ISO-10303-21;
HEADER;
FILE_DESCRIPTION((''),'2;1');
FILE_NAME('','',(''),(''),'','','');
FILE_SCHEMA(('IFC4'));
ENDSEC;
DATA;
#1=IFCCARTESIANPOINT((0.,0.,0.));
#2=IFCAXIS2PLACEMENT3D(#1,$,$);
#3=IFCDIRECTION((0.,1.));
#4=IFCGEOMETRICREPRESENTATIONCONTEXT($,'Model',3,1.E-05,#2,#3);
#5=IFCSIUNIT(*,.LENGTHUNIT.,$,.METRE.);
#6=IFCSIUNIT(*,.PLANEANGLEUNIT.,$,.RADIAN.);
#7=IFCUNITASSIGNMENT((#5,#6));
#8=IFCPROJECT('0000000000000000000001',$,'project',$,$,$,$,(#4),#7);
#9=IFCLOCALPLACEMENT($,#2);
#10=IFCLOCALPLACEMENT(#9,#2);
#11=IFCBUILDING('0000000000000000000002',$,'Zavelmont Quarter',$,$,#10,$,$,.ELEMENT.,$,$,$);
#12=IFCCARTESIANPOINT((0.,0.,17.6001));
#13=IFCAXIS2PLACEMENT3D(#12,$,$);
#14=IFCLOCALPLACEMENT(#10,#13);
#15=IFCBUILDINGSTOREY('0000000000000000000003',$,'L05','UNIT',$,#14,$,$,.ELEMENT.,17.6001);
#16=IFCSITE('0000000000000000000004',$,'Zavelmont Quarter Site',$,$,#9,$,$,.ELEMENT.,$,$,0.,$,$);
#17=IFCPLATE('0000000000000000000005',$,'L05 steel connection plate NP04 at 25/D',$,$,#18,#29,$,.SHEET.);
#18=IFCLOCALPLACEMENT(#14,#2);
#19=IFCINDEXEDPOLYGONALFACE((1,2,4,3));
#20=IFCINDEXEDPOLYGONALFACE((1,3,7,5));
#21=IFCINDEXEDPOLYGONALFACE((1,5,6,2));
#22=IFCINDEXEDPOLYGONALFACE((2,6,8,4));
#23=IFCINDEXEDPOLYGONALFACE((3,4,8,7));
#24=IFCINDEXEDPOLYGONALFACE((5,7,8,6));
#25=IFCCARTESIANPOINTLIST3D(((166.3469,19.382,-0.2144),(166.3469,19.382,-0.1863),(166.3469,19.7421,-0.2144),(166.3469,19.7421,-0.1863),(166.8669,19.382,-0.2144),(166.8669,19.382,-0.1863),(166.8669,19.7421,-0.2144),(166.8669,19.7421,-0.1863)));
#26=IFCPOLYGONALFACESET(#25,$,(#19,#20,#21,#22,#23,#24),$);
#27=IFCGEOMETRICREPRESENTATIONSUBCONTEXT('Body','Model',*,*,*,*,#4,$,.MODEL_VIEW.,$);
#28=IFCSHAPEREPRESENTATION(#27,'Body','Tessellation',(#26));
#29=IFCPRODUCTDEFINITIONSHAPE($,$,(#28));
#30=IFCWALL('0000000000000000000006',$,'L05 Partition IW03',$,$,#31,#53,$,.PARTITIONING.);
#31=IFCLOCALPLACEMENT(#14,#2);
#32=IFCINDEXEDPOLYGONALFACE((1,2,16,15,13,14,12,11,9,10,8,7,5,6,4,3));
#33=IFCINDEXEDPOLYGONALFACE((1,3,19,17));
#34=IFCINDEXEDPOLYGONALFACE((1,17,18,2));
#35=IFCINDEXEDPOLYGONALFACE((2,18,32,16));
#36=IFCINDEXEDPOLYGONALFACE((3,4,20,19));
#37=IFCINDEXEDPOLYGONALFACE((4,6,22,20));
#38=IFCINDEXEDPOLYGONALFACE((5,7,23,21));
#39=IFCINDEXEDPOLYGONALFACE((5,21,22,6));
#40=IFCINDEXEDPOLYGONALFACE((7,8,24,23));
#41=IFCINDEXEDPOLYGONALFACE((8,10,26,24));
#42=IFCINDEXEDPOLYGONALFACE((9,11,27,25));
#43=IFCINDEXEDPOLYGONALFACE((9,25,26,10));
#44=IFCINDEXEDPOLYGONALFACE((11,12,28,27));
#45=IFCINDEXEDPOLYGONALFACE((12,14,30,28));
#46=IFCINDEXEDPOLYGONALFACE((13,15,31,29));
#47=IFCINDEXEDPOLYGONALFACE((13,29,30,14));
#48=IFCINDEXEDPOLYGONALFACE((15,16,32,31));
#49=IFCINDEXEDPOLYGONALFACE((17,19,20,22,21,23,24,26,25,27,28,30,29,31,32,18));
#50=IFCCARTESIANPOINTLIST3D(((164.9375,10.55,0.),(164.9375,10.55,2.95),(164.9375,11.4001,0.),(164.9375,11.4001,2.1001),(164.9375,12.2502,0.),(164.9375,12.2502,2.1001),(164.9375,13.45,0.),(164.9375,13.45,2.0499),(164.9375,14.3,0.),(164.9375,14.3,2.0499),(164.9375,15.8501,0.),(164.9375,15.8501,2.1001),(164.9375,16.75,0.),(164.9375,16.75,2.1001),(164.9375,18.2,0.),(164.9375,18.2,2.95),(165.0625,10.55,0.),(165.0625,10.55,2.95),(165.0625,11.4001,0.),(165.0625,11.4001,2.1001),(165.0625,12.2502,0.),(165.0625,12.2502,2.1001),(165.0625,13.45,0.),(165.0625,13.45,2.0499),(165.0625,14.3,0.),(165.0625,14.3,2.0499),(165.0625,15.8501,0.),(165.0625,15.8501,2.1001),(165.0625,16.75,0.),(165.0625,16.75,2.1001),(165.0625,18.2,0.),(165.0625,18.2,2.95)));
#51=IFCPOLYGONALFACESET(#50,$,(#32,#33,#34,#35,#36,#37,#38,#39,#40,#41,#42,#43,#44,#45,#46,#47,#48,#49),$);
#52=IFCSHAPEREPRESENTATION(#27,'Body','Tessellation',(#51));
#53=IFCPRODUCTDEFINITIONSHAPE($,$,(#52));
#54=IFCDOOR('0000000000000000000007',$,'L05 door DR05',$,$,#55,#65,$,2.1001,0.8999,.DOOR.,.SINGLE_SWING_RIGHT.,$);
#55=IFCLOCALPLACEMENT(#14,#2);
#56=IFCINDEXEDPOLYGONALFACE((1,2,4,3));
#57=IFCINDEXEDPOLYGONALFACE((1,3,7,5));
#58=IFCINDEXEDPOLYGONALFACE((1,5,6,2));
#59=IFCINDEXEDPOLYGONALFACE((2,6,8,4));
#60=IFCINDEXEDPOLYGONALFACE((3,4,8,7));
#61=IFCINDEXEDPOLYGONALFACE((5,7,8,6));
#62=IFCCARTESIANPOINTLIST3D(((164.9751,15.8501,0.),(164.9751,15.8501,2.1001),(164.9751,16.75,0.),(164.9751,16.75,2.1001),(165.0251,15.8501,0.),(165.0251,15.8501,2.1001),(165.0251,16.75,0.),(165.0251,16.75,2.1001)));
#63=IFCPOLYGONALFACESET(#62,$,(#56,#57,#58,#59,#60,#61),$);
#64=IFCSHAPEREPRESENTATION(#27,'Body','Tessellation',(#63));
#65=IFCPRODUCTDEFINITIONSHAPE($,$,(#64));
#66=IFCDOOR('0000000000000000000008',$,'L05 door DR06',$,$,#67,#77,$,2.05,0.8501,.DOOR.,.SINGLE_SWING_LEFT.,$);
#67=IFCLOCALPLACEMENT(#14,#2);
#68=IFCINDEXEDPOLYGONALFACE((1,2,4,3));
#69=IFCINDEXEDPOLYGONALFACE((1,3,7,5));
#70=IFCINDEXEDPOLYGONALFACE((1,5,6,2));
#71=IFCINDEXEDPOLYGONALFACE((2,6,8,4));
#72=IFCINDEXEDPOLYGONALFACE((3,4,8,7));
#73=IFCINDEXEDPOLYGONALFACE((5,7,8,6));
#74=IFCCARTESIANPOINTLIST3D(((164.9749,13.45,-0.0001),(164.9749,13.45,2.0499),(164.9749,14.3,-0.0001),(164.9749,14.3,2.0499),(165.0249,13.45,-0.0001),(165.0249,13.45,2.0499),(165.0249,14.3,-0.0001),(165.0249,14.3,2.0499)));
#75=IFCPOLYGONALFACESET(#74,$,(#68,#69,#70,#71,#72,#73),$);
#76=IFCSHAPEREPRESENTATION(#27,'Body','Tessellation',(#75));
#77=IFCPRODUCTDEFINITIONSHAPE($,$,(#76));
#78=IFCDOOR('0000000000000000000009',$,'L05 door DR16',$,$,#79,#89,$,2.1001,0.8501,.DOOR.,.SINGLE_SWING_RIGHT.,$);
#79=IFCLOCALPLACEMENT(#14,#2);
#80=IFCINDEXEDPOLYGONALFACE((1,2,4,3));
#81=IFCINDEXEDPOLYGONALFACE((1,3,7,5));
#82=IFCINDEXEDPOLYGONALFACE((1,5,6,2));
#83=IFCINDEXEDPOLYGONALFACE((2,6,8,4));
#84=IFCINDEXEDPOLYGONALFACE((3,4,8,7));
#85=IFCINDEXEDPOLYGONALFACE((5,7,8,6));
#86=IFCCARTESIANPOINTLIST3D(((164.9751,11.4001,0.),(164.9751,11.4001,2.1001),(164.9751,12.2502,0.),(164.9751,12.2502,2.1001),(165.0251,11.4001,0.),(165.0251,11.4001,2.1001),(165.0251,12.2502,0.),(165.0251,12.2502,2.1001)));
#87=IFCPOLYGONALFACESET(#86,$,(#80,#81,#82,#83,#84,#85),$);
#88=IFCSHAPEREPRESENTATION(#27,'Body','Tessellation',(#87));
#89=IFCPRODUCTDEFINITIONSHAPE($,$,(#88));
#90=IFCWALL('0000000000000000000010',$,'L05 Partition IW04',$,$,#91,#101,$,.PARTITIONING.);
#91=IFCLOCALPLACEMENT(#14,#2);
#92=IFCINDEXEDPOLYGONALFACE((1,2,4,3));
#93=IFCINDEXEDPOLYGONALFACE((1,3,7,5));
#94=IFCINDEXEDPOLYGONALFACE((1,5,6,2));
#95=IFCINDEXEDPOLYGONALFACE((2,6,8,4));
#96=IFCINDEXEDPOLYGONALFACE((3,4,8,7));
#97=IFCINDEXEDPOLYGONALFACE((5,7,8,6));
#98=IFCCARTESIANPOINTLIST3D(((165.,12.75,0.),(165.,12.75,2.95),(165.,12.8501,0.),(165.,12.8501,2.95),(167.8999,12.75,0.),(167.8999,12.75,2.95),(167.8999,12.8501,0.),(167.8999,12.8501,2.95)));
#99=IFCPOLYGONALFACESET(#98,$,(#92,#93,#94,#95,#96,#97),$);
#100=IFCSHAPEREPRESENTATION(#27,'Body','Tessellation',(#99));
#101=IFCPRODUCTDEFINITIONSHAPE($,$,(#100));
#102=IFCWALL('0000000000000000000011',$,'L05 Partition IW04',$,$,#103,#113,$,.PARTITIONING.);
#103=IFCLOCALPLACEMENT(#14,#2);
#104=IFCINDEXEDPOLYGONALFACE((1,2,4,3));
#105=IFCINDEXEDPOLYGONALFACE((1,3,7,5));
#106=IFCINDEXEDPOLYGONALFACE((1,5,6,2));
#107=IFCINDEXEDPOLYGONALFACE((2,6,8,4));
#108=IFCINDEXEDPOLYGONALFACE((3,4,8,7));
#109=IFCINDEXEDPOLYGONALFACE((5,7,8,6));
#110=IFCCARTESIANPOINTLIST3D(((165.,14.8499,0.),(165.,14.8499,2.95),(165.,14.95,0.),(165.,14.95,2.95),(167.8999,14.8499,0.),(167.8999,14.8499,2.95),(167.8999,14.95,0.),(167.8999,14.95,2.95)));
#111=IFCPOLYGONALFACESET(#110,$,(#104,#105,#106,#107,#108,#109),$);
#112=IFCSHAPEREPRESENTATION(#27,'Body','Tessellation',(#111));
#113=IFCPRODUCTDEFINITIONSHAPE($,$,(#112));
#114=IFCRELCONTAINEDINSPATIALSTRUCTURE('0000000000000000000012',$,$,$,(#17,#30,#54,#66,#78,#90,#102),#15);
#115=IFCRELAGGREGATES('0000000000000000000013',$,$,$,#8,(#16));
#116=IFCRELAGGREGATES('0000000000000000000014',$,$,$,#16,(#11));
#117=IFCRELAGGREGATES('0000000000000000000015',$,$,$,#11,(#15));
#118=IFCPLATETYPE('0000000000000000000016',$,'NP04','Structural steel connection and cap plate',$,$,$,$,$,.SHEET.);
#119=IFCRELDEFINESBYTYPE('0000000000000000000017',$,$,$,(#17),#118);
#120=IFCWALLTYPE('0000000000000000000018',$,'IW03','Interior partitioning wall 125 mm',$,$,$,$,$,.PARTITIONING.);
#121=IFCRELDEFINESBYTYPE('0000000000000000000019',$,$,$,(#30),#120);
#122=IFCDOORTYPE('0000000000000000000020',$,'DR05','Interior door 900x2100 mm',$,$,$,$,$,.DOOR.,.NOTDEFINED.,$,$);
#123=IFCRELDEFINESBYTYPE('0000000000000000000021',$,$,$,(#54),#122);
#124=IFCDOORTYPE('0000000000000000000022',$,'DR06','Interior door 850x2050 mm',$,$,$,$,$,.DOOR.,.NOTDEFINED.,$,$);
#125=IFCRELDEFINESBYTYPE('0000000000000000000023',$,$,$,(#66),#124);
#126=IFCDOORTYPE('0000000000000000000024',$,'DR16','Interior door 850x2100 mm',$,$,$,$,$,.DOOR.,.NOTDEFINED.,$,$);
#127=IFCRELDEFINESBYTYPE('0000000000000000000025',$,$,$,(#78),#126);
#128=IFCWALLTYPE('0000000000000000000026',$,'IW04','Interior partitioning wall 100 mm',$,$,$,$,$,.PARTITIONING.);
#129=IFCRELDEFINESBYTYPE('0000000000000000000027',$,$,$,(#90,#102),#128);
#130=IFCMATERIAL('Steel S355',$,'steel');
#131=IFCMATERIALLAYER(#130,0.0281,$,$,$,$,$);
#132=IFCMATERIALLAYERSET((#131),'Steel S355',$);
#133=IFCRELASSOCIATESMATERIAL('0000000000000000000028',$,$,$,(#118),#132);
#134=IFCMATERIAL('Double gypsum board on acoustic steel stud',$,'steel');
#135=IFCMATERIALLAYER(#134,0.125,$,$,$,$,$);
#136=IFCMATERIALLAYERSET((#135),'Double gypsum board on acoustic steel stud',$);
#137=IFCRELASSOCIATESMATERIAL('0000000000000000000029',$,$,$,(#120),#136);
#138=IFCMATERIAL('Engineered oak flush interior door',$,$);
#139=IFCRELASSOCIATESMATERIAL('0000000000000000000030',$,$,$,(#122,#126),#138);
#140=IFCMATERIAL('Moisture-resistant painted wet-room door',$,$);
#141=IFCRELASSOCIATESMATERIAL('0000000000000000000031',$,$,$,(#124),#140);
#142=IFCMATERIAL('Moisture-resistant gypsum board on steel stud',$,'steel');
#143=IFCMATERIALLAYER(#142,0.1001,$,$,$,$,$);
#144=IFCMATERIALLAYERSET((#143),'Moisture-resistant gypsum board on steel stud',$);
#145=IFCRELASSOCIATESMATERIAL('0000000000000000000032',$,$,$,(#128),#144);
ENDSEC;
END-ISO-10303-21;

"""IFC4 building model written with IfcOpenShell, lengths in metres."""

from ifc_helpers import new_model, si_unit, direction, frame, frame_2d, origin, origin_with_axes, origin_2d, place, context, subcontext, project, spatial, rectangle, extrude, material, layer, layer_set, type_object, element, fill, save


model = new_model("IFC4")

# Units and contexts
model_context = context("Model", 3, precision=1e-05, world=origin(), true_north=direction((0.0, 1.0)))
body_context = subcontext(model_context, "Body", "Model", "MODEL_VIEW")
ifc_project = project(units=[si_unit("LENGTHUNIT", "METRE"), si_unit("PLANEANGLEUNIT", "RADIAN")], contexts=[model_context])

# Site, building, storey
site_placement = place(None, origin())
site = spatial("IfcSite", under=ifc_project, at=site_placement, Name="Zavelmont Quarter Site", CompositionType="ELEMENT", RefElevation=0.0)
building_placement = place(site_placement, origin())
building = spatial("IfcBuilding", under=site, at=building_placement, Name="Zavelmont Quarter", CompositionType="ELEMENT")
storey_placement = place(building_placement, frame((0.0, 0.0, 17.6001)))
storey = spatial("IfcBuildingStorey", under=building, at=storey_placement, Name="L05", Description="UNIT", CompositionType="ELEMENT", Elevation=17.6001)

# Shared definitions
ifc_material_1 = material(Name="Steel S355", Category="steel")

# Plate
ifc_layer_1 = layer(ifc_material_1, 0.0281)
ifc_layer_set_1 = layer_set([ifc_layer_1], Name="Steel S355")
plate_type = type_object("IfcPlateType", Name="NP04", Description="Structural steel connection and cap plate", PredefinedType="SHEET", material=ifc_layer_set_1)
plate_placement = place(storey_placement, frame((166.6069, 19.562, -0.2144), z_axis=(0.0, 0.0, 1.0), x_axis=(1.0, 0.0, 0.0)))
element("IfcPlate", 1, at=plate_placement, inside=storey, type_object=plate_type, Name="L05 steel connection plate NP04 at 25/D", PredefinedType="SHEET", context=body_context, shape_type="SweptSolid", body=[
    extrude(rectangle(XDim=0.52, YDim=0.3601, at=origin_2d()), origin(), (0.0, 0.0, 1.0), 0.0281),
])

# Wall, openings, doors
ifc_material_2 = material(Name="Double gypsum board on acoustic steel stud", Category="steel")
ifc_layer_2 = layer(ifc_material_2, 0.125)
ifc_layer_set_2 = layer_set([ifc_layer_2], Name="Double gypsum board on acoustic steel stud")
wall_type_1 = type_object("IfcWallType", Name="IW03", Description="Interior partitioning wall 125 mm", PredefinedType="PARTITIONING", material=ifc_layer_set_2)
wall_1_placement = place(storey_placement, frame((165.0, 10.55, 0.0), z_axis=(0.0, 0.0, 1.0), x_axis=(0.0, 1.0, 0.0)))
wall_1 = element("IfcWall", 2, at=wall_1_placement, inside=storey, type_object=wall_type_1, Name="L05 Partition IW03", PredefinedType="PARTITIONING", context=body_context, shape_type="SweptSolid", body=[
    extrude(rectangle(XDim=7.6499, YDim=0.125, at=frame_2d((3.825, 0.0))), origin(), (0.0, 0.0, 1.0), 2.95),
])
opening_1_placement = place(wall_1_placement, frame((0.8501, 0.0, 0.0)))
opening_1 = element("IfcOpeningElement", 3, at=opening_1_placement, cuts=wall_1, PredefinedType="OPENING", context=body_context, shape_type="SweptSolid", body=[
    extrude(rectangle(XDim=0.8501, YDim=2.1001, at=frame_2d((0.425, 1.05))), frame((0.0, 0.0745, 0.0), z_axis=(0.0, -1.0, 0.0), x_axis=(1.0, 0.0, 0.0)), (0.0, 0.0, 1.0), 0.1489),
])
opening_2_placement = place(wall_1_placement, frame((2.8999, 0.0, 0.0)))
opening_2 = element("IfcOpeningElement", 4, at=opening_2_placement, cuts=wall_1, PredefinedType="OPENING", context=body_context, shape_type="SweptSolid", body=[
    extrude(rectangle(XDim=0.8501, YDim=2.05, at=frame_2d((0.425, 1.0249))), frame((0.0, 0.0745, 0.0), z_axis=(0.0, -1.0, 0.0), x_axis=(1.0, 0.0, 0.0)), (0.0, 0.0, 1.0), 0.1489),
])
opening_3_placement = place(wall_1_placement, frame((5.3, 0.0, 0.0)))
opening_3 = element("IfcOpeningElement", 5, at=opening_3_placement, cuts=wall_1, PredefinedType="OPENING", context=body_context, shape_type="SweptSolid", body=[
    extrude(rectangle(XDim=0.8999, YDim=2.1001, at=frame_2d((0.45, 1.05))), frame((0.0, 0.0745, 0.0), z_axis=(0.0, -1.0, 0.0), x_axis=(1.0, 0.0, 0.0)), (0.0, 0.0, 1.0), 0.1489),
])
ifc_material_3 = material(Name="Engineered oak flush interior door")
door_type_1 = type_object("IfcDoorType", Name="DR05", Description="Interior door 900x2100 mm", OperationType="NOTDEFINED", PredefinedType="DOOR", material=ifc_material_3)
door_1_placement = place(opening_3_placement, origin_with_axes())
door_1 = element("IfcDoor", 6, at=door_1_placement, inside=storey, type_object=door_type_1, Name="L05 door DR05", OperationType="SINGLE_SWING_RIGHT", OverallHeight=2.1001, OverallWidth=0.8999, PredefinedType="DOOR", context=body_context, shape_type="SweptSolid", body=[
    extrude(rectangle(XDim=0.8999, YDim=2.1001, at=frame_2d((0.45, 1.05))), frame((0.0, 0.0249, 0.0), z_axis=(0.0, -1.0, 0.0), x_axis=(1.0, 0.0, 0.0)), (0.0, 0.0, 1.0), 0.05),
])
fill(opening_3, door_1)
ifc_material_4 = material(Name="Moisture-resistant painted wet-room door")
door_type_2 = type_object("IfcDoorType", Name="DR06", Description="Interior door 850x2050 mm", OperationType="NOTDEFINED", PredefinedType="DOOR", material=ifc_material_4)
door_2_placement = place(opening_2_placement, frame((0.8501, 0.0, 0.0), z_axis=(0.0, 0.0, 1.0), x_axis=(-1.0, 0.0, 0.0)))
door_2 = element("IfcDoor", 7, at=door_2_placement, inside=storey, type_object=door_type_2, Name="L05 door DR06", OperationType="SINGLE_SWING_LEFT", OverallHeight=2.05, OverallWidth=0.8501, PredefinedType="DOOR", context=body_context, shape_type="SweptSolid", body=[
    extrude(rectangle(XDim=0.8501, YDim=2.05, at=frame_2d((0.425, 1.0249))), frame((0.0, 0.0249, 0.0), z_axis=(0.0, -1.0, 0.0), x_axis=(1.0, 0.0, 0.0)), (0.0, 0.0, 1.0), 0.05),
])
fill(opening_2, door_2)
door_type_3 = type_object("IfcDoorType", Name="DR16", Description="Interior door 850x2100 mm", OperationType="NOTDEFINED", PredefinedType="DOOR", material=ifc_material_3)
door_3_placement = place(opening_1_placement, origin_with_axes())
door_3 = element("IfcDoor", 8, at=door_3_placement, inside=storey, type_object=door_type_3, Name="L05 door DR16", OperationType="SINGLE_SWING_RIGHT", OverallHeight=2.1001, OverallWidth=0.8501, PredefinedType="DOOR", context=body_context, shape_type="SweptSolid", body=[
    extrude(rectangle(XDim=0.8501, YDim=2.1001, at=frame_2d((0.425, 1.05))), frame((0.0, 0.0249, 0.0), z_axis=(0.0, -1.0, 0.0), x_axis=(1.0, 0.0, 0.0)), (0.0, 0.0, 1.0), 0.05),
])
fill(opening_1, door_3)

# Walls
ifc_material_5 = material(Name="Moisture-resistant gypsum board on steel stud", Category="steel")
ifc_layer_3 = layer(ifc_material_5, 0.1001)
ifc_layer_set_3 = layer_set([ifc_layer_3], Name="Moisture-resistant gypsum board on steel stud")
wall_type_2 = type_object("IfcWallType", Name="IW04", Description="Interior partitioning wall 100 mm", PredefinedType="PARTITIONING", material=ifc_layer_set_3)
for number, where, z_axis, x_axis, name in (
    (9, (165.0, 12.8, 0.0), (0.0, 0.0, 1.0), (1.0, 0.0, 0.0), "L05 Partition IW04"),
    (10, (165.0, 14.8999, 0.0), (0.0, 0.0, 1.0), (1.0, 0.0, 0.0), "L05 Partition IW04"),
):
    element("IfcWall", number, at=place(storey_placement, frame(where, z_axis=z_axis, x_axis=x_axis)), inside=storey, type_object=wall_type_2, Name=name, PredefinedType="PARTITIONING", context=body_context, shape_type="SweptSolid", body=[
        extrude(rectangle(XDim=2.8999, YDim=0.1001, at=frame_2d((1.45, 0.0))), origin(), (0.0, 0.0, 1.0), 2.95),
    ])

save(model, "model.ifc")
